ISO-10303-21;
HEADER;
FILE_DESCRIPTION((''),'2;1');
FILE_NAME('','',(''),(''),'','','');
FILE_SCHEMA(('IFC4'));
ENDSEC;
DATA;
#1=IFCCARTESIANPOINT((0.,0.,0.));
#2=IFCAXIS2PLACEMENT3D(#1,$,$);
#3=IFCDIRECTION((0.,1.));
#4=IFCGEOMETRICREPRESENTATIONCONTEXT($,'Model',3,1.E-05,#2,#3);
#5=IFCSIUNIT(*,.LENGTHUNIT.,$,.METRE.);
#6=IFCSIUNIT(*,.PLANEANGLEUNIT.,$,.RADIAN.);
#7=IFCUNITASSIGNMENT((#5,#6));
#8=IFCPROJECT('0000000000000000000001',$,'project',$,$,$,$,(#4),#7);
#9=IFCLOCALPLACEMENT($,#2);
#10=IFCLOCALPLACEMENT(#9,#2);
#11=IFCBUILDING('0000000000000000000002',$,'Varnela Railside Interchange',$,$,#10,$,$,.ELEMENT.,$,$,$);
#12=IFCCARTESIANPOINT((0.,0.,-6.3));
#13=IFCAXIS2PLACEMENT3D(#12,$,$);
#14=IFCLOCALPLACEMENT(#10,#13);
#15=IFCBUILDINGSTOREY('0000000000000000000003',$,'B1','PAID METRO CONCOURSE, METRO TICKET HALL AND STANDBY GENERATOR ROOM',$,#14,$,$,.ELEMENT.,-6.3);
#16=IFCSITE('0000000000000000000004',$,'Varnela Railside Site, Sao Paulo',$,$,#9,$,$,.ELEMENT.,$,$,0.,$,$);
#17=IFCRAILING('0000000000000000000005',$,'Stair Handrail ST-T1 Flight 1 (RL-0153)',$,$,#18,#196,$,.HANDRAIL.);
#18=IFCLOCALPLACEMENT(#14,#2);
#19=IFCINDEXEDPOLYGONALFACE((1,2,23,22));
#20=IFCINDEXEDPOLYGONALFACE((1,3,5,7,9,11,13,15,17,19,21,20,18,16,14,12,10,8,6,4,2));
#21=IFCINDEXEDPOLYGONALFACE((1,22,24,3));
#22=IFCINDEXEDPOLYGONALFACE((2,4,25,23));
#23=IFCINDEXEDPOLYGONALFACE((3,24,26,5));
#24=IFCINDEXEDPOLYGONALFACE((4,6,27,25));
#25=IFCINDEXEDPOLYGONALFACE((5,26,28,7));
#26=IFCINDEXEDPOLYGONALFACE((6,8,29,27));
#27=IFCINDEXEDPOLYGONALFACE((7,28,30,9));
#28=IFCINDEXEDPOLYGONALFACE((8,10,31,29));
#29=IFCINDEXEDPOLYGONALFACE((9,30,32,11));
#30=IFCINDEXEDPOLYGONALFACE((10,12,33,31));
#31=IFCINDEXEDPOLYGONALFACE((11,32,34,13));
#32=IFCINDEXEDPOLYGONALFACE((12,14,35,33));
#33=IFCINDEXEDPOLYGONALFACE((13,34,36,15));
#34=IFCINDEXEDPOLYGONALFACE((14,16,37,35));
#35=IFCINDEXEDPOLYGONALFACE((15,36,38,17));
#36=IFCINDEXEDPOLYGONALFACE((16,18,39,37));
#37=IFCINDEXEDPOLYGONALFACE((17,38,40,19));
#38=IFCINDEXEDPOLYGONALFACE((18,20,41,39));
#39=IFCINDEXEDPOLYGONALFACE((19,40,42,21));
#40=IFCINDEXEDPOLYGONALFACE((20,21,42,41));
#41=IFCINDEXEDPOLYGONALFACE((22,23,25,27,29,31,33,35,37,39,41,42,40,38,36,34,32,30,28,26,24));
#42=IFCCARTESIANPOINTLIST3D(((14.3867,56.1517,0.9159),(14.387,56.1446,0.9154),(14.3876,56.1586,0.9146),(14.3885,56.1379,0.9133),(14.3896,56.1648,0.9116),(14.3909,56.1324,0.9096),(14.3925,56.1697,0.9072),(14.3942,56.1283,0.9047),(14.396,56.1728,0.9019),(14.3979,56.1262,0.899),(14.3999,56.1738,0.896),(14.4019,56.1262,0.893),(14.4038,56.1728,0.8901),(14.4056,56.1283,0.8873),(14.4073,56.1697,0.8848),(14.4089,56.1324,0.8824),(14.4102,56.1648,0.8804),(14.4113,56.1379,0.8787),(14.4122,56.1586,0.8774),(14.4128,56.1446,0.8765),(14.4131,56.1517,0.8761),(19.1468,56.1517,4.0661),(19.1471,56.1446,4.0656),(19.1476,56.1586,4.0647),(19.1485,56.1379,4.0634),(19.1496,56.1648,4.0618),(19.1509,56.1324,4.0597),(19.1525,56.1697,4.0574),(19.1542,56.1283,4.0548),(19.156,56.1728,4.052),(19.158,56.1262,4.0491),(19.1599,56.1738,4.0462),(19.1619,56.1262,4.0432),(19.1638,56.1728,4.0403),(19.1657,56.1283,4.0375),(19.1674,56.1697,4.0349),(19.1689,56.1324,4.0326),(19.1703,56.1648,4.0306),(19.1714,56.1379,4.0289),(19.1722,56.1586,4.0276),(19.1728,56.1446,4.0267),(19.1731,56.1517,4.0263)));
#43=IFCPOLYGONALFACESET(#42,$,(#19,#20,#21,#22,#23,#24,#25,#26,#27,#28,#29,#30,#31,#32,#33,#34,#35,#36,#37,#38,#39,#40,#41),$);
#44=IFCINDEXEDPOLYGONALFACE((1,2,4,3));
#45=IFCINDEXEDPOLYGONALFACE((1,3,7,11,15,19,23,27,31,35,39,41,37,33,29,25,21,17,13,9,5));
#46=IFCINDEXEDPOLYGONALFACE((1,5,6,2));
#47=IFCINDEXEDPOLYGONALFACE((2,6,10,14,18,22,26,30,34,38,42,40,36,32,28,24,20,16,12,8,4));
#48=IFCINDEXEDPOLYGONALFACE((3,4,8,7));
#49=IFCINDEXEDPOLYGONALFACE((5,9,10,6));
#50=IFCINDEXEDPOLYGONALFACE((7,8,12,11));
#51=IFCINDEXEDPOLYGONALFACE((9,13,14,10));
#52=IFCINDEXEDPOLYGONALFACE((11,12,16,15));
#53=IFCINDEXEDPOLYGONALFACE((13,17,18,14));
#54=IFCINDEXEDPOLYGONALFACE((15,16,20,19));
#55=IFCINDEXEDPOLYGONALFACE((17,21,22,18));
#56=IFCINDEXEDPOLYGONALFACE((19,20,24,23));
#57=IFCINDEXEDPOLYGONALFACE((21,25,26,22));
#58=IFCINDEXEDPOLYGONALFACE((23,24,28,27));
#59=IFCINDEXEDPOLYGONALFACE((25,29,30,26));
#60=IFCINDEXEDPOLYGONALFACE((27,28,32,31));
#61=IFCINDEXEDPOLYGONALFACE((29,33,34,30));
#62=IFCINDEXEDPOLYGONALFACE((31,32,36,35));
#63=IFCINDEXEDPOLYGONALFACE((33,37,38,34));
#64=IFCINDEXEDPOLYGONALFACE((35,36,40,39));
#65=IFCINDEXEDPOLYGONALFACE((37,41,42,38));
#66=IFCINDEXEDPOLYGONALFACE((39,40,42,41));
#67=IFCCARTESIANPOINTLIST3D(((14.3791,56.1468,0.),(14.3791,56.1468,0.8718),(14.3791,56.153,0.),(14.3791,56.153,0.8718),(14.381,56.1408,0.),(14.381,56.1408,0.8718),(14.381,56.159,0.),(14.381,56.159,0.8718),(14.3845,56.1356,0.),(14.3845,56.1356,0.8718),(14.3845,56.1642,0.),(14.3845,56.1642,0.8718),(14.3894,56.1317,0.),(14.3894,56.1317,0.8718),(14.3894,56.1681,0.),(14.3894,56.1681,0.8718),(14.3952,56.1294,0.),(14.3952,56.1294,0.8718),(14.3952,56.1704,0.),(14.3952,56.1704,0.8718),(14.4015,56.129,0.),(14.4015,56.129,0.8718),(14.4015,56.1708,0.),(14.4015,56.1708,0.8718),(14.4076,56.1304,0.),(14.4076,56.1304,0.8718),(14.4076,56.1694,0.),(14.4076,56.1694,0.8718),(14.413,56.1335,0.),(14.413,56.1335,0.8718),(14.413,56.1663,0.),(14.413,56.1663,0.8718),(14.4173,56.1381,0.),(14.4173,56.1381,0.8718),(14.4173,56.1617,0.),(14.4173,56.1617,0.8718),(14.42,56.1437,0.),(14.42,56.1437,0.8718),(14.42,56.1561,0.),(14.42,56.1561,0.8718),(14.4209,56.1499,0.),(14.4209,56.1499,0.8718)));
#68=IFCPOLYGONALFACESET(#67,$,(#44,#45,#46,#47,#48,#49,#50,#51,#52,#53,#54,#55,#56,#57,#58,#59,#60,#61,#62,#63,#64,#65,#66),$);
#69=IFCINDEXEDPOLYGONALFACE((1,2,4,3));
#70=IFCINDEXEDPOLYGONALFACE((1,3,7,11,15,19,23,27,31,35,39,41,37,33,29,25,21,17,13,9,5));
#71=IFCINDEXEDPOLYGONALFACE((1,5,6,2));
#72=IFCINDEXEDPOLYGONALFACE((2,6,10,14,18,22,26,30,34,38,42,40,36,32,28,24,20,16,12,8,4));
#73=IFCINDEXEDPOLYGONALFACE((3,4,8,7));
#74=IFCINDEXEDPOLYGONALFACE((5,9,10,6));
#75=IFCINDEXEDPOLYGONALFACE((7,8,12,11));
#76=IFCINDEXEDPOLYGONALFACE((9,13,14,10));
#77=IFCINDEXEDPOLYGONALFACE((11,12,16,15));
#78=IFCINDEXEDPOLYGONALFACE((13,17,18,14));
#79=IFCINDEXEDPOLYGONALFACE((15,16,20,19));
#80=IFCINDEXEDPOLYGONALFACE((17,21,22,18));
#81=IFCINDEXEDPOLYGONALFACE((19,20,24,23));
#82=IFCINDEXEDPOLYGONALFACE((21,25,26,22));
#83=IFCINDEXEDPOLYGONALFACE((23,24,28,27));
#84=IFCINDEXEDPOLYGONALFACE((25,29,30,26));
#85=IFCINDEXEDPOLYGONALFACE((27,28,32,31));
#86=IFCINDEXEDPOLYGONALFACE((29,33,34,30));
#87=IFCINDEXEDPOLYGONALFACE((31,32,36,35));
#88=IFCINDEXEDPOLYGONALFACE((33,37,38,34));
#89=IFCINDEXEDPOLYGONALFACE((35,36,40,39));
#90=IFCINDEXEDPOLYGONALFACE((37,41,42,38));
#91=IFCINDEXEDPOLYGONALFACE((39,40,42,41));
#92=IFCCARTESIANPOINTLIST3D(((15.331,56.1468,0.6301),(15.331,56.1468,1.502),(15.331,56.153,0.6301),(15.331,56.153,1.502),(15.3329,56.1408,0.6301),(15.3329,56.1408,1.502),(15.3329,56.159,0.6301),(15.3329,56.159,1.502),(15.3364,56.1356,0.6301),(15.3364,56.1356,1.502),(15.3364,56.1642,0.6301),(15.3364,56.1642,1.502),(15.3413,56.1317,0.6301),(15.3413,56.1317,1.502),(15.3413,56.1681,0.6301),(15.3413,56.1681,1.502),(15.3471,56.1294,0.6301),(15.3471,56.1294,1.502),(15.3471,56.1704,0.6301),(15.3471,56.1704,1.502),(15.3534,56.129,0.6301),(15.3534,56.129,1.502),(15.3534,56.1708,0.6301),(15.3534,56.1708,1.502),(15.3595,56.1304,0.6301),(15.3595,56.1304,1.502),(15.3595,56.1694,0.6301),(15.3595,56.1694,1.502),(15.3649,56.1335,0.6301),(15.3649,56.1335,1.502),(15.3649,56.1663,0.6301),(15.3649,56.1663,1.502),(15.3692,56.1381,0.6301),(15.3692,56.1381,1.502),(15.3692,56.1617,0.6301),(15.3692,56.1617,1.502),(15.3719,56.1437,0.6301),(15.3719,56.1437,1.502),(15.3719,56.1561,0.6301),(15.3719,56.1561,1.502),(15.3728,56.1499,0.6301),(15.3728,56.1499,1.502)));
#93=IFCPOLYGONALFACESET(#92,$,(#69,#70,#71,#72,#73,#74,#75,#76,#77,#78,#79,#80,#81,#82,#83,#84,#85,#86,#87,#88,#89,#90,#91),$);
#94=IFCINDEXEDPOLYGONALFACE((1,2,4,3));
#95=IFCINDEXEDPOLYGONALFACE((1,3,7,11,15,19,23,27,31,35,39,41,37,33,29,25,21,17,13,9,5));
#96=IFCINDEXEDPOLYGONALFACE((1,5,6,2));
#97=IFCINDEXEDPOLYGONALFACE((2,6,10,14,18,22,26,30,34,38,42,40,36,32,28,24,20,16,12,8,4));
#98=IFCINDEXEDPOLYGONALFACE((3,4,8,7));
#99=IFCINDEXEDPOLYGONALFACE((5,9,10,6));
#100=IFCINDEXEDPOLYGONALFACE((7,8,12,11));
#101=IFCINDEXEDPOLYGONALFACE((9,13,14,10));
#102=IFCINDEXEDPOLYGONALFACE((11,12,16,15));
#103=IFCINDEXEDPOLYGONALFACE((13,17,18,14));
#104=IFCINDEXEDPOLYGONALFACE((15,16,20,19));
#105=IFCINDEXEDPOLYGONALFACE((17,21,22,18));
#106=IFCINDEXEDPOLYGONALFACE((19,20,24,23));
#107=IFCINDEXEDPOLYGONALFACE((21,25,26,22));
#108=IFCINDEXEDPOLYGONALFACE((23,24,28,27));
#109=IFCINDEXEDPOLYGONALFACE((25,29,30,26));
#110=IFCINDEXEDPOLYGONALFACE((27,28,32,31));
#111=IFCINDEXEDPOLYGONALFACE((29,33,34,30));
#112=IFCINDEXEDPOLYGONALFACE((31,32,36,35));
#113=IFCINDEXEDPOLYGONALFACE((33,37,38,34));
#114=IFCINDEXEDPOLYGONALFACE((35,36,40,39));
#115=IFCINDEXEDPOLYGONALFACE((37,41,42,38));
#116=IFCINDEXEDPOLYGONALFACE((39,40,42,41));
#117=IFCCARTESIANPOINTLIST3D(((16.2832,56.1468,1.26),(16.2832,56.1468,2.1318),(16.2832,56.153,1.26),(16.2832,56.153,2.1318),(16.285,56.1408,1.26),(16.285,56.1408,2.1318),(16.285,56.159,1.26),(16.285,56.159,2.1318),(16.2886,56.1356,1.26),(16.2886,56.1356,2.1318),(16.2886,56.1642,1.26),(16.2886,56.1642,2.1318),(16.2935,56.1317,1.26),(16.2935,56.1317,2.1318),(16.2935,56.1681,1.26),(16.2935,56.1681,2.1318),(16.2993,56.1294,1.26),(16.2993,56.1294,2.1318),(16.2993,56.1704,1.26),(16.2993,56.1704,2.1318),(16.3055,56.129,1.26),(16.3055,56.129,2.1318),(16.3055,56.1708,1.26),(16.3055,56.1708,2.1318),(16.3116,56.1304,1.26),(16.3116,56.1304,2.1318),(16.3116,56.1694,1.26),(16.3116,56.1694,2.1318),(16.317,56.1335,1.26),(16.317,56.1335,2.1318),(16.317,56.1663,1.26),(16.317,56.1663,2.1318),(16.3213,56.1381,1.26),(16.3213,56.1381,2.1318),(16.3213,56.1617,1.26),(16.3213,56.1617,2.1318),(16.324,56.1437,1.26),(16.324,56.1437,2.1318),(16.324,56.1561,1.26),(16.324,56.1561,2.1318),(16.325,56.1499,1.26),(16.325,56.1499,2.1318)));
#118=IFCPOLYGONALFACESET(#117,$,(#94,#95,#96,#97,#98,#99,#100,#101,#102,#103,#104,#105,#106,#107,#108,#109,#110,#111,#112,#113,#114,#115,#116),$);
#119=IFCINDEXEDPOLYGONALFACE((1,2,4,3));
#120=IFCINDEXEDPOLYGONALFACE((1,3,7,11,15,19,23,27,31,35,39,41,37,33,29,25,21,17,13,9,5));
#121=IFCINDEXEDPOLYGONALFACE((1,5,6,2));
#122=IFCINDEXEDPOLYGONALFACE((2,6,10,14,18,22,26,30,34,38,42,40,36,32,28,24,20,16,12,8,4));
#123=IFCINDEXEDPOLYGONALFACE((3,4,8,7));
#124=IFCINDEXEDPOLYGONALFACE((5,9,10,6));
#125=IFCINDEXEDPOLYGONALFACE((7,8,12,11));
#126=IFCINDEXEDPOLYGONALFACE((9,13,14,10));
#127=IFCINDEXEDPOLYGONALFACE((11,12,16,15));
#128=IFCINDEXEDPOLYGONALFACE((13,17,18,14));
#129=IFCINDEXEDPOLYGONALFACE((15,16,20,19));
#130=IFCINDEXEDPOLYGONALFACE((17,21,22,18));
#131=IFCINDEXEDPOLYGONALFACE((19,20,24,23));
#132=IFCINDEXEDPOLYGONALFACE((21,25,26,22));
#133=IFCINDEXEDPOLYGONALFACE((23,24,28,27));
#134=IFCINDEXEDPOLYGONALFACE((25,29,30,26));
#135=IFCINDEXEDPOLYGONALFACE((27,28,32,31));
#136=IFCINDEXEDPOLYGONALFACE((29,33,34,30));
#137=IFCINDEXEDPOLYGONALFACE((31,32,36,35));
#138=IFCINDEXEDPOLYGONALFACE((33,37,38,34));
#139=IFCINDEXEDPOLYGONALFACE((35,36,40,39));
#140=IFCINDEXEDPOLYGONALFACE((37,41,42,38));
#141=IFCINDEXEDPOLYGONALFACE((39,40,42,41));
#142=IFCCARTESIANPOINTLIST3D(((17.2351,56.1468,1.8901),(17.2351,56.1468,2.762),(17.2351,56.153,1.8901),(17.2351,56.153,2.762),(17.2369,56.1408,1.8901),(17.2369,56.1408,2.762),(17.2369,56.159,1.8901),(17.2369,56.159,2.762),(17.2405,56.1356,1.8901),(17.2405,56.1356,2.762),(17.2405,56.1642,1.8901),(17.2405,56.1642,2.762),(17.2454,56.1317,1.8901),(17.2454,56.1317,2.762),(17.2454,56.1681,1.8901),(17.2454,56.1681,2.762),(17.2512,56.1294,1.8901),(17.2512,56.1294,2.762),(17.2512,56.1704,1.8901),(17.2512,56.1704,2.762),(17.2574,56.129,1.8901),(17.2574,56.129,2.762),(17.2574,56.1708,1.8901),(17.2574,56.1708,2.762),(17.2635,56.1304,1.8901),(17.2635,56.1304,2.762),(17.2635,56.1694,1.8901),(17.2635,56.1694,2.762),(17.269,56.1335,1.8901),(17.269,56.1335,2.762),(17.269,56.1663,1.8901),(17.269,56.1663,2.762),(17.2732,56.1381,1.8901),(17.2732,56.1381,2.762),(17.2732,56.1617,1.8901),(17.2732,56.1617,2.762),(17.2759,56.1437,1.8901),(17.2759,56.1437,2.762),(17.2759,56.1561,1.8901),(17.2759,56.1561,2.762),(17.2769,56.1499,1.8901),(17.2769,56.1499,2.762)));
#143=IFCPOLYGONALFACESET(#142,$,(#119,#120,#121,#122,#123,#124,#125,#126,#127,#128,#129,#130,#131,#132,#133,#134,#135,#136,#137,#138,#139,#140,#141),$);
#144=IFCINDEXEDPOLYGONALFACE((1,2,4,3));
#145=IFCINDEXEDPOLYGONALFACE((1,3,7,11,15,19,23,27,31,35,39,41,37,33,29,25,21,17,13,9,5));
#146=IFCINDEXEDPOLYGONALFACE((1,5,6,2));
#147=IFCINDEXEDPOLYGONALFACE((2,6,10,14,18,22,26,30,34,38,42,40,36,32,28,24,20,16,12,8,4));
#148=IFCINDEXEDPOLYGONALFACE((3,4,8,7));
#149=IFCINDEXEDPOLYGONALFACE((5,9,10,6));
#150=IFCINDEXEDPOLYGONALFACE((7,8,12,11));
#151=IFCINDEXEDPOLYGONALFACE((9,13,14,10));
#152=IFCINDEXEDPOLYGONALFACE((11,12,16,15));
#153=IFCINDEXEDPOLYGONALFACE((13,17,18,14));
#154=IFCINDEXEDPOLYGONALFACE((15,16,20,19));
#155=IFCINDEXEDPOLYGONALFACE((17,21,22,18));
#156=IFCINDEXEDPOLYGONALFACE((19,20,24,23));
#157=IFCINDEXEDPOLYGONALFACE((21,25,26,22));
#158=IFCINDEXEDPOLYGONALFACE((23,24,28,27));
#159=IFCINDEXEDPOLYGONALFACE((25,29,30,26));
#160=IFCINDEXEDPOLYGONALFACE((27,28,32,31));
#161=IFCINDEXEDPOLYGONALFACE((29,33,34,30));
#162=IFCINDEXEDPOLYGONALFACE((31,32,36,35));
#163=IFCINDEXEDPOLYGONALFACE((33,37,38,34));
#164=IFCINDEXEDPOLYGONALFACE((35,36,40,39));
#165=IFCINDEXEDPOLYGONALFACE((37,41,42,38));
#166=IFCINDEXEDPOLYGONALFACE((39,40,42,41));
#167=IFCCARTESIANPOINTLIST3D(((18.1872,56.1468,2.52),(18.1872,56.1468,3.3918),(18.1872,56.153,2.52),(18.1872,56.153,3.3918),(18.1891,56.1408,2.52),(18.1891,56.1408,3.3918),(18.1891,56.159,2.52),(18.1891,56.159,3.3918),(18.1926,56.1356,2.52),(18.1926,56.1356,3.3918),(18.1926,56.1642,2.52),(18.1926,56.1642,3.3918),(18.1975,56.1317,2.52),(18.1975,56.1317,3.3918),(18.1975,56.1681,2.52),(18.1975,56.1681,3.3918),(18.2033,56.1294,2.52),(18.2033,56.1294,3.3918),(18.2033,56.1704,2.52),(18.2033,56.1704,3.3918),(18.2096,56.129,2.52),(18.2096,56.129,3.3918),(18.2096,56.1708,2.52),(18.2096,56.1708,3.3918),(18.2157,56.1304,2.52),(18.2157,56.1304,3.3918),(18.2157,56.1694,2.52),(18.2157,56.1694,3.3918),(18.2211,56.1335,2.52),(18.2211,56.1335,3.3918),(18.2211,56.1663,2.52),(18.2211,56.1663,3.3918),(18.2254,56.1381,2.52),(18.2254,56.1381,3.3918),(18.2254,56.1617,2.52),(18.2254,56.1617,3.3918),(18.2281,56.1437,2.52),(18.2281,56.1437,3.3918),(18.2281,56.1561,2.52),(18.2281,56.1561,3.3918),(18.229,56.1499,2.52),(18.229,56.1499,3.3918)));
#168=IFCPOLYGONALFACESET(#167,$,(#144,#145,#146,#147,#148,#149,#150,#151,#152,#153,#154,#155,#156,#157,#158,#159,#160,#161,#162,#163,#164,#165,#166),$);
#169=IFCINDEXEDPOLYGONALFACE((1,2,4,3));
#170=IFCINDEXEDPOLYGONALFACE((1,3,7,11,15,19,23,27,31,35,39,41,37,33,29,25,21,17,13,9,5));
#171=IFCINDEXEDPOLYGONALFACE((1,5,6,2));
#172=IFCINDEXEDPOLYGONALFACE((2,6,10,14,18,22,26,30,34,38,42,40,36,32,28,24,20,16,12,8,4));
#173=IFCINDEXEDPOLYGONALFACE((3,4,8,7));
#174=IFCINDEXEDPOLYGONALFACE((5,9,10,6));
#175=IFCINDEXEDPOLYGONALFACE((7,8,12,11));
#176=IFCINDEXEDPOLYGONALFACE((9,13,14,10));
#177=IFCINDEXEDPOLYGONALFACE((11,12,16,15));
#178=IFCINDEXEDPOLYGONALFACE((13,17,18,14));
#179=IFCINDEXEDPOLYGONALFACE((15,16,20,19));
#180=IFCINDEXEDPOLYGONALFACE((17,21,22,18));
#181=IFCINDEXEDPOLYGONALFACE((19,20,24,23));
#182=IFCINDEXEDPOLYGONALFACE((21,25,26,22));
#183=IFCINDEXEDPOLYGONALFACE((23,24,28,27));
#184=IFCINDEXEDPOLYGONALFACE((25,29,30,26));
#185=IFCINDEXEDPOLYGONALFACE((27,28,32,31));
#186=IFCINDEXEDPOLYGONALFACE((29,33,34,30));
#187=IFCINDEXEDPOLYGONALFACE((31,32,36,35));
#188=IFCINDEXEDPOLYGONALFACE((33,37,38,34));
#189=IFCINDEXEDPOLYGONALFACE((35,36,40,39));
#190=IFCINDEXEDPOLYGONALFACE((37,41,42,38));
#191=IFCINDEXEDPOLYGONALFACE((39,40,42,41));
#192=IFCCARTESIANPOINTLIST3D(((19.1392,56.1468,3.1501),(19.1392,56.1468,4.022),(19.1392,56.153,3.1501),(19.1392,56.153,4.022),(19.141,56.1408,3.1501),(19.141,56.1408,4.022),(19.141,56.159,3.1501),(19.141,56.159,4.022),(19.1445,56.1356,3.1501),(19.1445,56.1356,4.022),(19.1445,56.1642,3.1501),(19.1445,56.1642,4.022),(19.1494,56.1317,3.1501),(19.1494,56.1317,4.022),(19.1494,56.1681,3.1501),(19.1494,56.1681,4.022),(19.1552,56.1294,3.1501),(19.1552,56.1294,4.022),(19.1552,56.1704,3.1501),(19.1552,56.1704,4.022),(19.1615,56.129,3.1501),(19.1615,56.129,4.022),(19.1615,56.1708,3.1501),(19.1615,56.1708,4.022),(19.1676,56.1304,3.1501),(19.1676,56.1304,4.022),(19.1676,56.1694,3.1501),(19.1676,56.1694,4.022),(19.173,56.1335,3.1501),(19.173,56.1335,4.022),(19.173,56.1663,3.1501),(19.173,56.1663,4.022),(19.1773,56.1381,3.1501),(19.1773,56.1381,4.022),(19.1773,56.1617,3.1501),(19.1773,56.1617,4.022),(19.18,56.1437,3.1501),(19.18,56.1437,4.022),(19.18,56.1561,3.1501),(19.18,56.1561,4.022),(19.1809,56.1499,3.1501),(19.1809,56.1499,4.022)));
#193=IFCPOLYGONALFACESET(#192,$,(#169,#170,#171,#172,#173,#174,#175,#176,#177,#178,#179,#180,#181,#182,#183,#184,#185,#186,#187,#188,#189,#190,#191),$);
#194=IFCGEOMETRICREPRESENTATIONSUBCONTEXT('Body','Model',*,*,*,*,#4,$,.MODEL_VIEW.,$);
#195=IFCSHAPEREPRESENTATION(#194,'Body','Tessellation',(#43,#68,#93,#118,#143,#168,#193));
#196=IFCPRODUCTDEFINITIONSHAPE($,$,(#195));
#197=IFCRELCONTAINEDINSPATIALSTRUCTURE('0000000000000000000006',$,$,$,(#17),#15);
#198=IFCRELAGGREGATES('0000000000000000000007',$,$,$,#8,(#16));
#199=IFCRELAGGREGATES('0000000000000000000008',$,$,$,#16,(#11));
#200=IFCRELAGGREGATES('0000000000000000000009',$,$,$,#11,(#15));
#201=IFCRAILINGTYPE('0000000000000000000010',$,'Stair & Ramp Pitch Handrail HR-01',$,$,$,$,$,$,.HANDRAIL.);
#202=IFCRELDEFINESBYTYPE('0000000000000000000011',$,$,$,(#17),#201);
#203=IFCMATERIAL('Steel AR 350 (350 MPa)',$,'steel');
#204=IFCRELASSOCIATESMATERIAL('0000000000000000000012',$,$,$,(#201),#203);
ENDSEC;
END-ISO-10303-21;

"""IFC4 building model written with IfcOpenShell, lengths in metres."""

from ifc_helpers import new_model, si_unit, direction, frame, origin, origin_2d, place, context, subcontext, project, spatial, circle, extrude, material, type_object, element, save


model = new_model("IFC4")

# Units and contexts
model_context = context("Model", 3, precision=1e-05, world=origin(), true_north=direction((0.0, 1.0)))
body_context = subcontext(model_context, "Body", "Model", "MODEL_VIEW")
ifc_project = project(units=[si_unit("LENGTHUNIT", "METRE"), si_unit("PLANEANGLEUNIT", "RADIAN")], contexts=[model_context])

# Site, building, storey
site_placement = place(None, origin())
site = spatial("IfcSite", under=ifc_project, at=site_placement, Name="Varnela Railside Site, Sao Paulo", CompositionType="ELEMENT", RefElevation=0.0)
building_placement = place(site_placement, origin())
building = spatial("IfcBuilding", under=site, at=building_placement, Name="Varnela Railside Interchange", CompositionType="ELEMENT")
storey_placement = place(building_placement, frame((0.0, 0.0, -6.3)))
storey = spatial("IfcBuildingStorey", under=building, at=storey_placement, Name="B1", Description="PAID METRO CONCOURSE, METRO TICKET HALL AND STANDBY GENERATOR ROOM", CompositionType="ELEMENT", Elevation=-6.3)

# Shared definitions
ifc_material_1 = material(Name="Steel AR 350 (350 MPa)", Category="steel")

# Railing
railing_type_1 = type_object("IfcRailingType", Name="Stair & Ramp Pitch Handrail HR-01", PredefinedType="HANDRAIL", material=ifc_material_1)
railing_1_placement = place(storey_placement, frame((14.3999, 56.1499, 0.0)))
element("IfcRailing", 1, at=railing_1_placement, inside=storey, type_object=railing_type_1, Name="Stair Handrail ST-T1 Flight 1 (RL-0153)", PredefinedType="HANDRAIL", context=body_context, shape_type="SweptSolid", body=[
    extrude(circle(Radius=0.0239, at=origin_2d()), frame((0.0, 0.0, 0.896), z_axis=(0.833921, 0.0, 0.551884), x_axis=(0.0, 1.0, 0.0)), (0.0, 0.0, 1.0), 5.708),
    extrude(circle(Radius=0.021, at=origin_2d()), origin(), (0.0, 0.0, 1.0), 0.8718),
    extrude(circle(Radius=0.021, at=origin_2d()), frame((0.9519, 0.0, 0.6301)), (0.0, 0.0, 1.0), 0.8718),
    extrude(circle(Radius=0.021, at=origin_2d()), frame((1.9041, 0.0, 1.26)), (0.0, 0.0, 1.0), 0.8718),
    extrude(circle(Radius=0.021, at=origin_2d()), frame((2.856, 0.0, 1.8901)), (0.0, 0.0, 1.0), 0.8718),
    extrude(circle(Radius=0.021, at=origin_2d()), frame((3.8081, 0.0, 2.52)), (0.0, 0.0, 1.0), 0.8718),
    extrude(circle(Radius=0.021, at=origin_2d()), frame((4.76, 0.0, 3.1501)), (0.0, 0.0, 1.0), 0.8718),
])

save(model, "model.ifc")
